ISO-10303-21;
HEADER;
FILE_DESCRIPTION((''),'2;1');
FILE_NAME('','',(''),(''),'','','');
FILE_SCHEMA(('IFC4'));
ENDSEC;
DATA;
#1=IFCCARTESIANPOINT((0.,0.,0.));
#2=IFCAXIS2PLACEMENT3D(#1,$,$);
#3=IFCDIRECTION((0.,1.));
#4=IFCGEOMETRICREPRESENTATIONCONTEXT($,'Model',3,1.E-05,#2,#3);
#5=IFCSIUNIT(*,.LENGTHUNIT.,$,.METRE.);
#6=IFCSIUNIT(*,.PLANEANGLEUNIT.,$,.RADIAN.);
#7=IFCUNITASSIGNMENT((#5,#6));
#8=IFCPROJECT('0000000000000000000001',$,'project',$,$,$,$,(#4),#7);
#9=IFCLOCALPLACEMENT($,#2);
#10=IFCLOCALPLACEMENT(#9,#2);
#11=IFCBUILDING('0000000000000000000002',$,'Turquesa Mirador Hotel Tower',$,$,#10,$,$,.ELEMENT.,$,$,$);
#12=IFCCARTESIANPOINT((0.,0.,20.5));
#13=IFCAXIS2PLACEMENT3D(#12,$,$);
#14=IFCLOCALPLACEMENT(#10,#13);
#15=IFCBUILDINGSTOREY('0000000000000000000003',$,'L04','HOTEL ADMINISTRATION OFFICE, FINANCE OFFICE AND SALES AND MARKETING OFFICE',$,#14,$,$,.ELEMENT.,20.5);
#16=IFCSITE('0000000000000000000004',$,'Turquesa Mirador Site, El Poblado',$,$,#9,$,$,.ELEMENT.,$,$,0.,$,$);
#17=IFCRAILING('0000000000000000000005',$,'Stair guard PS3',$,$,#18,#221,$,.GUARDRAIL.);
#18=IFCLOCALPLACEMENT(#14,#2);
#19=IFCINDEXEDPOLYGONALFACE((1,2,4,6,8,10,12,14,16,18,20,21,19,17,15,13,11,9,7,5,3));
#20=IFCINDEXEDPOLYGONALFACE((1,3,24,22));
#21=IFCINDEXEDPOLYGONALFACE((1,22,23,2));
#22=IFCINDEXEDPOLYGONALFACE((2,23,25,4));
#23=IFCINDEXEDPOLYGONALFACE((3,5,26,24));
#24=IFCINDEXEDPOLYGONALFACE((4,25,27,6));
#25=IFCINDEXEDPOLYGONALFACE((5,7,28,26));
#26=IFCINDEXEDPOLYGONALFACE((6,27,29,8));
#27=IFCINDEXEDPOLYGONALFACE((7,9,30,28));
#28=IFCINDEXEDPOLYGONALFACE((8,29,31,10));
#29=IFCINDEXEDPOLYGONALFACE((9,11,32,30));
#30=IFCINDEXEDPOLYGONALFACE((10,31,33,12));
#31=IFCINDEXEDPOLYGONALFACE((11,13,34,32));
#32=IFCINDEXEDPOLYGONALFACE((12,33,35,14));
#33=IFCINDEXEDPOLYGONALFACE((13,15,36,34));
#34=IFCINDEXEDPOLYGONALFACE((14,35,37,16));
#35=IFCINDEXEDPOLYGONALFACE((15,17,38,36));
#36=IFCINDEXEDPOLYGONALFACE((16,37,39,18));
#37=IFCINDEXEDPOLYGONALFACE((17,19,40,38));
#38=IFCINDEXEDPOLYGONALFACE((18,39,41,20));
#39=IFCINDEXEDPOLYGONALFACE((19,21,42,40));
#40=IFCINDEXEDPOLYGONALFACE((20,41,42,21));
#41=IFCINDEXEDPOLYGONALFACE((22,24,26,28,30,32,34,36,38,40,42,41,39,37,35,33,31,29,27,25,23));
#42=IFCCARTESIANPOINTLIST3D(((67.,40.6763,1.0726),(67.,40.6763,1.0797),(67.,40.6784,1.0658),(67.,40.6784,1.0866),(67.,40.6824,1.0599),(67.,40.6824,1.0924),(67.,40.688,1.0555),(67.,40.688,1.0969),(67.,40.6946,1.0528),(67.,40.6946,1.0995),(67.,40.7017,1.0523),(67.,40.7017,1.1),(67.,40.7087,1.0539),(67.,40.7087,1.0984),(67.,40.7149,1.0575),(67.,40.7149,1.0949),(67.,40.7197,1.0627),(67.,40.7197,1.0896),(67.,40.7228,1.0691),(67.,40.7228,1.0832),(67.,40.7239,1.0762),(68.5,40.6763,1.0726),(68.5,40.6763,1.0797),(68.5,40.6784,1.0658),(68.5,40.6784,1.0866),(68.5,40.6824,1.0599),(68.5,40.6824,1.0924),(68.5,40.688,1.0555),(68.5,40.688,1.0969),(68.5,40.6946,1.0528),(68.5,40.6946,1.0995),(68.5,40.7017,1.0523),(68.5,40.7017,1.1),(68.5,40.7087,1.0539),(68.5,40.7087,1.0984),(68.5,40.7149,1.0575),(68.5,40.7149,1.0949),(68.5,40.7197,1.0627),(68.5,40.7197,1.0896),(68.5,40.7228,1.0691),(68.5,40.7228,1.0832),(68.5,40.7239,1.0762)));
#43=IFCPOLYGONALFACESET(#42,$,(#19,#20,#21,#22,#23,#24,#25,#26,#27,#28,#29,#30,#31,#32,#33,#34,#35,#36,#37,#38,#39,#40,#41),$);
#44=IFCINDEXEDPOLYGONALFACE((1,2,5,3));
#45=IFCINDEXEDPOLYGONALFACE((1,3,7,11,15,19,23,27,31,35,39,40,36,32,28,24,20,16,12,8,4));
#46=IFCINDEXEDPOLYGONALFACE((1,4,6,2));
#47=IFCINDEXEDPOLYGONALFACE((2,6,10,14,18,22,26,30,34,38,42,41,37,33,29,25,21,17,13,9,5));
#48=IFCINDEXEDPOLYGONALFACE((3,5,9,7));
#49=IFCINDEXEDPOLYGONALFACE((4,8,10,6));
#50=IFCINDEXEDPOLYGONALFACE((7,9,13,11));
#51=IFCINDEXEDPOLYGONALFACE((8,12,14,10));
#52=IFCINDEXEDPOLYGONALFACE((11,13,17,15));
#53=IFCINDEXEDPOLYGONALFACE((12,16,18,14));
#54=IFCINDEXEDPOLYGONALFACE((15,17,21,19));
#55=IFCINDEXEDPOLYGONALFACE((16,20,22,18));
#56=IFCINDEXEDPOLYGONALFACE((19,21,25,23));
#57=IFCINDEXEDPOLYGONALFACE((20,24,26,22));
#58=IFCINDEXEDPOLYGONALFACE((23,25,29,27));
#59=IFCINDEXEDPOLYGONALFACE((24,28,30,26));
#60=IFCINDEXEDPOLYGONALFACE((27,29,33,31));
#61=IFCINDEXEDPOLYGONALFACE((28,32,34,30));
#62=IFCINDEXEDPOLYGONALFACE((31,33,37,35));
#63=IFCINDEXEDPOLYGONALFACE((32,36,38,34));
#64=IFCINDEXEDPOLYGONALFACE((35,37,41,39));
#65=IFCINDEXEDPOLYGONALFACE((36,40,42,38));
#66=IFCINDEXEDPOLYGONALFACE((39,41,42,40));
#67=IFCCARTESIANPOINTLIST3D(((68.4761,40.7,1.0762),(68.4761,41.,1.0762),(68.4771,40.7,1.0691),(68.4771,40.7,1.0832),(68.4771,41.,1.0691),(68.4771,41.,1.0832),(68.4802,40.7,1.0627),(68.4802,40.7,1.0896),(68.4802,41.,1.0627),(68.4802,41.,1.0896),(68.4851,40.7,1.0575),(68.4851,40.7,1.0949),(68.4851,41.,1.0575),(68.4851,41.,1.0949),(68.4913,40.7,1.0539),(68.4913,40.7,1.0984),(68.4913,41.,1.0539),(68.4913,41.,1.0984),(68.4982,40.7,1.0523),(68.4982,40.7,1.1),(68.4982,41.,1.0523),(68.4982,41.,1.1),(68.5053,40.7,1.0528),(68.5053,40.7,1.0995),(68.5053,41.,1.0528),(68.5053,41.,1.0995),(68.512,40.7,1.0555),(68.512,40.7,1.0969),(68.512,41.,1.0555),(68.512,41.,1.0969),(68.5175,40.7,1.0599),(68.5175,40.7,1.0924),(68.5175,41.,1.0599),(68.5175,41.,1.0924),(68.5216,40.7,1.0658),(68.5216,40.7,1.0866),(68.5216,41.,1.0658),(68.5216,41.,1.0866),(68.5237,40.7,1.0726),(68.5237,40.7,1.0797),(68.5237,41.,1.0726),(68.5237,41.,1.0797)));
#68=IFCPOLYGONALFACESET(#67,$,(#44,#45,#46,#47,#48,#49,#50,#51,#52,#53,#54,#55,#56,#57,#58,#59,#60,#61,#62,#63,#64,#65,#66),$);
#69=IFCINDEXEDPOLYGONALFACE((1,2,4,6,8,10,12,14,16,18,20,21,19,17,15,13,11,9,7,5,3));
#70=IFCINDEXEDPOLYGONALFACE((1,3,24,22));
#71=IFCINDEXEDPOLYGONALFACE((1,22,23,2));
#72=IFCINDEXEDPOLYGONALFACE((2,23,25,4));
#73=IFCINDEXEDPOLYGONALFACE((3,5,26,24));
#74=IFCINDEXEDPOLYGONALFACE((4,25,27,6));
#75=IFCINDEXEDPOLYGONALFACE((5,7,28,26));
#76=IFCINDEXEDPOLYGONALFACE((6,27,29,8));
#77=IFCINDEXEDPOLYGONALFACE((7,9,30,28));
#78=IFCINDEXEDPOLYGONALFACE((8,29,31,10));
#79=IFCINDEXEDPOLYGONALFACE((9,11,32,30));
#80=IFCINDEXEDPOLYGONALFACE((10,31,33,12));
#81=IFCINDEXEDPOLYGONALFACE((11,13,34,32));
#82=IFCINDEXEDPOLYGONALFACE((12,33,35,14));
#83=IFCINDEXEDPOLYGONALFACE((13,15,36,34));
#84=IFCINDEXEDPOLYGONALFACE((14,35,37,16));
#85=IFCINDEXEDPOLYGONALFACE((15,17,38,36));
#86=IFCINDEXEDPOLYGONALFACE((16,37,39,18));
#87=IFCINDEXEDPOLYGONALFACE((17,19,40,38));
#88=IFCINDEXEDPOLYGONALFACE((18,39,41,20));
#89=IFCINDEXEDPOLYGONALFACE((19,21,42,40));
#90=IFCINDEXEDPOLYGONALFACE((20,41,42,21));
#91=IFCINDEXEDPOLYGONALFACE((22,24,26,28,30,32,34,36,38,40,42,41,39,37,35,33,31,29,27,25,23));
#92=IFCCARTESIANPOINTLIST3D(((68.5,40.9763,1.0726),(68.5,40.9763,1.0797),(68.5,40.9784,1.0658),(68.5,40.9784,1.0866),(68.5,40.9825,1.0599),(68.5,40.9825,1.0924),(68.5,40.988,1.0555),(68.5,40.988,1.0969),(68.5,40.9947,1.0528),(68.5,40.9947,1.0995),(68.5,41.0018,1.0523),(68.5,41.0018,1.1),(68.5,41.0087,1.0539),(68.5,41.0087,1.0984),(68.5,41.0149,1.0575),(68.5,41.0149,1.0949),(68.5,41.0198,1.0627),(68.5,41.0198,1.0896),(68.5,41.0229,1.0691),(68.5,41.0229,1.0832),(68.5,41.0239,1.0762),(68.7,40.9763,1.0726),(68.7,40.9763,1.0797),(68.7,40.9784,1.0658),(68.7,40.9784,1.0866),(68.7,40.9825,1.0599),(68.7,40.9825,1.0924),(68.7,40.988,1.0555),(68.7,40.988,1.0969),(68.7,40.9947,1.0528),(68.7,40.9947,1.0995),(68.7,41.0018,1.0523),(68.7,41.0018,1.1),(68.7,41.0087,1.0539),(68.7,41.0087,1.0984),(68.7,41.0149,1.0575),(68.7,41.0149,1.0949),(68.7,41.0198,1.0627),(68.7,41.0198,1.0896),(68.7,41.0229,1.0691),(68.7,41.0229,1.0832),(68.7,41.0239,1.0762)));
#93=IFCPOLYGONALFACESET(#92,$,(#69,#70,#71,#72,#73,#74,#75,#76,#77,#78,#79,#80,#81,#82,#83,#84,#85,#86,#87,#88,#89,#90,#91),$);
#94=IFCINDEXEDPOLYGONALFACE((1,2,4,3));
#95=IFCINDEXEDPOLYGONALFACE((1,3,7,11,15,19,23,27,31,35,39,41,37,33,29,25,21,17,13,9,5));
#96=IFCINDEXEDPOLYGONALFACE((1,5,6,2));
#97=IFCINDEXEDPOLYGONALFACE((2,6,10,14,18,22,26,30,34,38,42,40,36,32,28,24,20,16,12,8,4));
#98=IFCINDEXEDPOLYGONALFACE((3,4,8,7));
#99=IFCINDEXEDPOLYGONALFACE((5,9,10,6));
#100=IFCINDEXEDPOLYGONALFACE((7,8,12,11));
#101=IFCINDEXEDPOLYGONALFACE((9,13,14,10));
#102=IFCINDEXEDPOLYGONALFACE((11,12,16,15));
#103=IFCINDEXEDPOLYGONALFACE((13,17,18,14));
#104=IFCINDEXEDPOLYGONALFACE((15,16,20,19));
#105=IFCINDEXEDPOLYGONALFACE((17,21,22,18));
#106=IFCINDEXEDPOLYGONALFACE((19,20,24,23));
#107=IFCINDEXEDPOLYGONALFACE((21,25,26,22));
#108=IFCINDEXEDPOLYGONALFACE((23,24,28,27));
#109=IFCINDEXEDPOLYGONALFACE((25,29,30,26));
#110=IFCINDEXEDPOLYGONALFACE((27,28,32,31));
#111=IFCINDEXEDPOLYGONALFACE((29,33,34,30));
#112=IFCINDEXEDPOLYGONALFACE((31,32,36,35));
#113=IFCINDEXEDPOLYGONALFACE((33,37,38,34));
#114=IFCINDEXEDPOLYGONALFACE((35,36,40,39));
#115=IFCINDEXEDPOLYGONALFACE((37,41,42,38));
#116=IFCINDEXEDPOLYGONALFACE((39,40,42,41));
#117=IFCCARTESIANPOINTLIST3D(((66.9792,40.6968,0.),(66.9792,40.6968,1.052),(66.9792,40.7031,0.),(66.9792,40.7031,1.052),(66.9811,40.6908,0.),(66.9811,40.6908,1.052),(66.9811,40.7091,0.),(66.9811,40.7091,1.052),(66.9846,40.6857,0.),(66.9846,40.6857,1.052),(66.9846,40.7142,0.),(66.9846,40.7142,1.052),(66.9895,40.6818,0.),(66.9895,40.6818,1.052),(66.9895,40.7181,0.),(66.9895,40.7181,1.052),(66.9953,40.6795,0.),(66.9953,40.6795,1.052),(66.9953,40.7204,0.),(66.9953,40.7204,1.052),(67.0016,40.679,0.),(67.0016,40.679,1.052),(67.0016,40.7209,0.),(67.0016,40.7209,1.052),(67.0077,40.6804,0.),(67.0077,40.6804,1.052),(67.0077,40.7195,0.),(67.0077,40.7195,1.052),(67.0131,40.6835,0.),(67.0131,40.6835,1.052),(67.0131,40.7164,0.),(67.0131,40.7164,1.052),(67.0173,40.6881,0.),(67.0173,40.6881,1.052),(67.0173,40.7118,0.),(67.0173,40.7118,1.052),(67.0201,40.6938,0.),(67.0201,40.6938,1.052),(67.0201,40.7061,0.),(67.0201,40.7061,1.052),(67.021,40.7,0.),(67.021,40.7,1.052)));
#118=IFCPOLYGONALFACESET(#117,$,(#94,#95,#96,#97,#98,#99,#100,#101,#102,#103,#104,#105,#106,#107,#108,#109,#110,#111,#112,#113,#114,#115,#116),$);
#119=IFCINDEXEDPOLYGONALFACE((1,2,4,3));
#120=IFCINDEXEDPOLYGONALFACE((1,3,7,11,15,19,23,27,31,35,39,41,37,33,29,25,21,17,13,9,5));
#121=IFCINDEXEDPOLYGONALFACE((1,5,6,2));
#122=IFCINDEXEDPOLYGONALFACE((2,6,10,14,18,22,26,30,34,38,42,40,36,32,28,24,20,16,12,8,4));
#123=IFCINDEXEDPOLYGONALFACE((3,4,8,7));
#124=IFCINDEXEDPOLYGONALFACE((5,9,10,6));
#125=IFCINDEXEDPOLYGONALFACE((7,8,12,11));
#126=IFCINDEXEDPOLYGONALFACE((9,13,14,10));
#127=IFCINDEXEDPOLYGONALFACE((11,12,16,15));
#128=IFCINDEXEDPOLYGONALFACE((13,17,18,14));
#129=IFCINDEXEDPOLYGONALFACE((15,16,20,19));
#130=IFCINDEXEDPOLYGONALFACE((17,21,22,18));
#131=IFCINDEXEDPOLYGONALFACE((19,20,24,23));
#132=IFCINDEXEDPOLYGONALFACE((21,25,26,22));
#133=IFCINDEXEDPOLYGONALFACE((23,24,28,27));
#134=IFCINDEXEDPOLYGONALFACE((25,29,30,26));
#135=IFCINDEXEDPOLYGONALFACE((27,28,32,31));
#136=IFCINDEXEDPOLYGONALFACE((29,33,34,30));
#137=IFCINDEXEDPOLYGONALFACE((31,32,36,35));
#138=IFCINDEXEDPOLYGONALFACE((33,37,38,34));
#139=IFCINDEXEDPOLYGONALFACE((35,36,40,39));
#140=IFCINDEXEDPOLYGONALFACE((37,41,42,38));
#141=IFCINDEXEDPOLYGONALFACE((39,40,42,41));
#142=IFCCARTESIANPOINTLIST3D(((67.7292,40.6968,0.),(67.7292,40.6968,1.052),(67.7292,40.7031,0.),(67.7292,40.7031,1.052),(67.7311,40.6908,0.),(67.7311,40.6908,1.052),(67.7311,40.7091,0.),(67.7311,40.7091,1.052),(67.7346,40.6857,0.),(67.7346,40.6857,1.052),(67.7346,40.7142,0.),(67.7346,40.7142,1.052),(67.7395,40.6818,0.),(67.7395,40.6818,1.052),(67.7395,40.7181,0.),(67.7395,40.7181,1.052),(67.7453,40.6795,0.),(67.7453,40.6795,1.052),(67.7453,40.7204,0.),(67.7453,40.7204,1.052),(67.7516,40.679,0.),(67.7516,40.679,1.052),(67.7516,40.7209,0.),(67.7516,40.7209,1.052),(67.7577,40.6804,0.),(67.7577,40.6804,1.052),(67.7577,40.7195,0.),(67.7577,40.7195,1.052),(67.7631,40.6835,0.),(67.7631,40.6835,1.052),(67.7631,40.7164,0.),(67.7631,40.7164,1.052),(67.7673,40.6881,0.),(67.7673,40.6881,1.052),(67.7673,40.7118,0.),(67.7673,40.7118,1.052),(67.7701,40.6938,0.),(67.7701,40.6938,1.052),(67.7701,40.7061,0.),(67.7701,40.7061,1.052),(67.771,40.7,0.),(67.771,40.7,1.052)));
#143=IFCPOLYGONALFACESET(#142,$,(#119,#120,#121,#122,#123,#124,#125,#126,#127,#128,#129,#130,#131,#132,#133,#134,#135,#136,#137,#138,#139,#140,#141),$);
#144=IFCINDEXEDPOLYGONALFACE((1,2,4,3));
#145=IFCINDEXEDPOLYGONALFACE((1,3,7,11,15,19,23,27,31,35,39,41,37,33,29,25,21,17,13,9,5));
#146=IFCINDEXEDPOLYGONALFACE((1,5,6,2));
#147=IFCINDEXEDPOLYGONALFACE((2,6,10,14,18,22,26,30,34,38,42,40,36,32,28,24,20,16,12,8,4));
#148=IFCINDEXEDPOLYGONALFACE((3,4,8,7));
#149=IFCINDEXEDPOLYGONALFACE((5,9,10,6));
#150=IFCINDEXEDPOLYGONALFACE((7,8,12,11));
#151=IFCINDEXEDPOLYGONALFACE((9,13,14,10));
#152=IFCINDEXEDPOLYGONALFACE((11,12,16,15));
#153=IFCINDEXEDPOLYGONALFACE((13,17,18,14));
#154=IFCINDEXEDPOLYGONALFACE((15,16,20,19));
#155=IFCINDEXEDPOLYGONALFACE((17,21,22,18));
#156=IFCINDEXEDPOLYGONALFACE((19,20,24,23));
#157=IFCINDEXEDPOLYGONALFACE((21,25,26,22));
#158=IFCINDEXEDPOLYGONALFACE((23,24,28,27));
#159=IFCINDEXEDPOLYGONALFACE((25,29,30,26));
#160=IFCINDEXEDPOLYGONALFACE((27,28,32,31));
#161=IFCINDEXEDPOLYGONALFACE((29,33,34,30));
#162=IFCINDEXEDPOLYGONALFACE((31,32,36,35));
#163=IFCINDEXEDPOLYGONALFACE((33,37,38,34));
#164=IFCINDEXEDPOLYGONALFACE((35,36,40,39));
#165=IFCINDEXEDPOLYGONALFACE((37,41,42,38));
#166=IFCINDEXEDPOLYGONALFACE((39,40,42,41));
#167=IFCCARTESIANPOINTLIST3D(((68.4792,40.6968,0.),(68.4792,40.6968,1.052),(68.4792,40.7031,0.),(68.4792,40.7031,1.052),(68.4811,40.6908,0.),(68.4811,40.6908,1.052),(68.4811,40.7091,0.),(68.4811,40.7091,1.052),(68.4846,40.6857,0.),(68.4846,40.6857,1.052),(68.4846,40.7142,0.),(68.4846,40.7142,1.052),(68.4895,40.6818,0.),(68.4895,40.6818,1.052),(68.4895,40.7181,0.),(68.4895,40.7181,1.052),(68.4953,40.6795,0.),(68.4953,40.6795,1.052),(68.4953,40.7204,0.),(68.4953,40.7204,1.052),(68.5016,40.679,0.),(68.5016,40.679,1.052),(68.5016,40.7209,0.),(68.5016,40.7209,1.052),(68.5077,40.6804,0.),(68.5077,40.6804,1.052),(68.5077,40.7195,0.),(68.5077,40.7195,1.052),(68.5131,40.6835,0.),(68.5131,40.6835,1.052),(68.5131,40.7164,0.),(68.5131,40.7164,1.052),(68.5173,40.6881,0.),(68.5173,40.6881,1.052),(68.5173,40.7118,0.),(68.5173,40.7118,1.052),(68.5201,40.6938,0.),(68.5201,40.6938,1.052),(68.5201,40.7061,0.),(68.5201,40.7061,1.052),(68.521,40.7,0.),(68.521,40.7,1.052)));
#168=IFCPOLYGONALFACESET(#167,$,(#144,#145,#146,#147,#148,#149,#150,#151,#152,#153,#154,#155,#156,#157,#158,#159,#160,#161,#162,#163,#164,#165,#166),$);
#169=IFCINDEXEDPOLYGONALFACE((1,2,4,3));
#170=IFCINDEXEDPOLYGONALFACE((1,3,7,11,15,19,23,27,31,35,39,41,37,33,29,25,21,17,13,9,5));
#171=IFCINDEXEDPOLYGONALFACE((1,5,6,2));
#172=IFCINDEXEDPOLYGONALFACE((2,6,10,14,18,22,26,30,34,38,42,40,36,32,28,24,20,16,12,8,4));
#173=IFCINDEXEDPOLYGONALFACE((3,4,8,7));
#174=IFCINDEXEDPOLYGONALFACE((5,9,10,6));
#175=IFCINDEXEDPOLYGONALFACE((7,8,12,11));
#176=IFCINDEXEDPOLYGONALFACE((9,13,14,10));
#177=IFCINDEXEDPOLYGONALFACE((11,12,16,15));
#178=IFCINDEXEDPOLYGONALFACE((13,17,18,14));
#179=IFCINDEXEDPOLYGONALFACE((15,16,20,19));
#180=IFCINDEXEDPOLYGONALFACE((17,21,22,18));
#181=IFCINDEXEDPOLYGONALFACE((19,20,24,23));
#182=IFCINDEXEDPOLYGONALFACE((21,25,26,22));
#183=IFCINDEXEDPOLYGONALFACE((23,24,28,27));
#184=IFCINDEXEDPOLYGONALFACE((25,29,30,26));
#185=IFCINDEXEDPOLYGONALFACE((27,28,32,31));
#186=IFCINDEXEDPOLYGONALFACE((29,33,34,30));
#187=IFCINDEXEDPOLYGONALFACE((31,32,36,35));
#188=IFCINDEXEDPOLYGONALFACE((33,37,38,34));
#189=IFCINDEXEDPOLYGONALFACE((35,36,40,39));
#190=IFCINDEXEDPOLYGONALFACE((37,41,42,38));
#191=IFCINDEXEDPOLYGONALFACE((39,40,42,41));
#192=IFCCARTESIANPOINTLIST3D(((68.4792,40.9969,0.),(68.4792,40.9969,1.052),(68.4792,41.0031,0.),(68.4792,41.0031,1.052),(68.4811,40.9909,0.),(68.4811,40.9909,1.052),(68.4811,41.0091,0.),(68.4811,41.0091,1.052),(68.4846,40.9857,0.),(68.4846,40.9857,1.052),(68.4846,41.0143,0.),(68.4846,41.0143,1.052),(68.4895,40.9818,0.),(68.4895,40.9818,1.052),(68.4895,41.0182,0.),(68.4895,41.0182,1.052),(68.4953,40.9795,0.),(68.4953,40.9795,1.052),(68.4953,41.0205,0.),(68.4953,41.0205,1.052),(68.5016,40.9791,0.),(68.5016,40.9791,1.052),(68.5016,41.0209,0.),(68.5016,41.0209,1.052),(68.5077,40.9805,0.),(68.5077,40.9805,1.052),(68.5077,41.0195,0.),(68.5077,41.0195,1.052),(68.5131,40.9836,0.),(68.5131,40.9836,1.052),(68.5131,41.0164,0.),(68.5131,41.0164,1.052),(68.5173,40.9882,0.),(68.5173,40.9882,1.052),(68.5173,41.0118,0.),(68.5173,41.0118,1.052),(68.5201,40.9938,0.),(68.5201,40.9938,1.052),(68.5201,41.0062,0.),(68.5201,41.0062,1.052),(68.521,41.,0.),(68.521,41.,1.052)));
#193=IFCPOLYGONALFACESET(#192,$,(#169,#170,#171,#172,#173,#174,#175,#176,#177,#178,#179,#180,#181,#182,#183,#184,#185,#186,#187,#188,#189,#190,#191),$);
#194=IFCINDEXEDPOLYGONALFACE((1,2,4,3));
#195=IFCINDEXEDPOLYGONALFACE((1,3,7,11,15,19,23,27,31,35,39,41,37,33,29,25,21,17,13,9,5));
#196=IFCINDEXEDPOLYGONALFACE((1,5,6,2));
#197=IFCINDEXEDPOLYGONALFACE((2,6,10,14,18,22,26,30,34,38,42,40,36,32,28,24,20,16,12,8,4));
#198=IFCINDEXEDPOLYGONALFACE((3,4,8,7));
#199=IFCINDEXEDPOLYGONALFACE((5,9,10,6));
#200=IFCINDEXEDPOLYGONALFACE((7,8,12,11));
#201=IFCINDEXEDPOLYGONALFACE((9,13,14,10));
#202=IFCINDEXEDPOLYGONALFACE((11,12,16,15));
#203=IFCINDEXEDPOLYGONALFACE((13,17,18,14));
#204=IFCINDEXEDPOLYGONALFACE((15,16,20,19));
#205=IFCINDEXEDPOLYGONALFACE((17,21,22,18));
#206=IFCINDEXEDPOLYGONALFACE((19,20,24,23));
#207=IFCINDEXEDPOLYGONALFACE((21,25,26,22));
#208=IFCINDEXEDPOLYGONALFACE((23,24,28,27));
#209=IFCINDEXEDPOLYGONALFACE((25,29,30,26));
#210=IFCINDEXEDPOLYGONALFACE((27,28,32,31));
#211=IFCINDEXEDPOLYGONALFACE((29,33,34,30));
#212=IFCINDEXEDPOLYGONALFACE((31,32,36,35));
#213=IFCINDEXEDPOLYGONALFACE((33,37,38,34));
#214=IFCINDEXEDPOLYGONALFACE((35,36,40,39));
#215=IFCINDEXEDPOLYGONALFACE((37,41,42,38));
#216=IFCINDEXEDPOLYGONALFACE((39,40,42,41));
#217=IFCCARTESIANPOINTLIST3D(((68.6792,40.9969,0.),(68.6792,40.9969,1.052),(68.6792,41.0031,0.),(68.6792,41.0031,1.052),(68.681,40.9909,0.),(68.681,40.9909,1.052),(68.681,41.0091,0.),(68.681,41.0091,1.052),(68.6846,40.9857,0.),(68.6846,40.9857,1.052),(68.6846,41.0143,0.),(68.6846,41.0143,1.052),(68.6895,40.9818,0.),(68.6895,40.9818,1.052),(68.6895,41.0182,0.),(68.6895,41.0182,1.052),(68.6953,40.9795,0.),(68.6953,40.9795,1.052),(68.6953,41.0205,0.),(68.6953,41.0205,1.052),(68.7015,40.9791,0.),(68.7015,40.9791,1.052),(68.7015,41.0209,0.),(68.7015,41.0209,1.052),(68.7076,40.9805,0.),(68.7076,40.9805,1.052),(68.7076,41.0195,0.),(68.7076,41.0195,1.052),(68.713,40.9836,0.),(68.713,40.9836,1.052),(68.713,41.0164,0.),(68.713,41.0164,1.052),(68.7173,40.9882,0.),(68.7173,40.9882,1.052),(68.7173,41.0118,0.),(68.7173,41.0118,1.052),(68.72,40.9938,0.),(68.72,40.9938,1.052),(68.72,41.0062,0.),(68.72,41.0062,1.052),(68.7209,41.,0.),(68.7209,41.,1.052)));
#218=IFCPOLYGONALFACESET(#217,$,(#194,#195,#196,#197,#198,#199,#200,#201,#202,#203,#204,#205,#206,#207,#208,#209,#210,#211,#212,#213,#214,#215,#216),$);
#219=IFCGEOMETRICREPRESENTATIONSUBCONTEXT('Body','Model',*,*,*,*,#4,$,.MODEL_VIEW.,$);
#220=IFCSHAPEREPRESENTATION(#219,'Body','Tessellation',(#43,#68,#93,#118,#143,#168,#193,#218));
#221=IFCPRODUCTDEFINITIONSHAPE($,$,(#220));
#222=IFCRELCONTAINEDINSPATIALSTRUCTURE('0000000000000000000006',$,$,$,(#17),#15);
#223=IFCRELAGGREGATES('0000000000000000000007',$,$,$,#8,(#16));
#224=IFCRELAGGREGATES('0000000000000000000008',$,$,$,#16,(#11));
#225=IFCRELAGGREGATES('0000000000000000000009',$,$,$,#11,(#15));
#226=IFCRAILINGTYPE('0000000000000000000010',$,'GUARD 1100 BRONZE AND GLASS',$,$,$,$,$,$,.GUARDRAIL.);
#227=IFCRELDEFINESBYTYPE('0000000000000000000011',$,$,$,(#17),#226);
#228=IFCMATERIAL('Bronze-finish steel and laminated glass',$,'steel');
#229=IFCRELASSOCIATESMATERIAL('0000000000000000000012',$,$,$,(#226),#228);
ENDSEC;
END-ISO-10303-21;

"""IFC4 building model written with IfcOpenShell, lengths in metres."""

from ifc_helpers import new_model, si_unit, direction, frame, origin, origin_2d, place, context, subcontext, project, spatial, circle, extrude, material, type_object, element, save


model = new_model("IFC4")

# Units and contexts
model_context = context("Model", 3, precision=1e-05, world=origin(), true_north=direction((0.0, 1.0)))
body_context = subcontext(model_context, "Body", "Model", "MODEL_VIEW")
ifc_project = project(units=[si_unit("LENGTHUNIT", "METRE"), si_unit("PLANEANGLEUNIT", "RADIAN")], contexts=[model_context])

# Site, building, storey
site_placement = place(None, origin())
site = spatial("IfcSite", under=ifc_project, at=site_placement, Name="Turquesa Mirador Site, El Poblado", CompositionType="ELEMENT", RefElevation=0.0)
building_placement = place(site_placement, origin())
building = spatial("IfcBuilding", under=site, at=building_placement, Name="Turquesa Mirador Hotel Tower", CompositionType="ELEMENT")
storey_placement = place(building_placement, frame((0.0, 0.0, 20.5)))
storey = spatial("IfcBuildingStorey", under=building, at=storey_placement, Name="L04", Description="HOTEL ADMINISTRATION OFFICE, FINANCE OFFICE AND SALES AND MARKETING OFFICE", CompositionType="ELEMENT", Elevation=20.5)

# Railing
ifc_material_1 = material(Name="Bronze-finish steel and laminated glass", Category="steel")
railing_type = type_object("IfcRailingType", Name="GUARD 1100 BRONZE AND GLASS", PredefinedType="GUARDRAIL", material=ifc_material_1)
railing_1_placement = place(storey_placement, frame((67.0, 40.7, 0.0)))
element("IfcRailing", 1, at=railing_1_placement, inside=storey, type_object=railing_type, Name="Stair guard PS3", PredefinedType="GUARDRAIL", context=body_context, shape_type="SweptSolid", body=[
    extrude(circle(Radius=0.0239, at=origin_2d()), frame((0.0, 0.0, 1.0762), z_axis=(1.0, 0.0, 0.0), x_axis=(0.0, 1.0, 0.0)), (0.0, 0.0, 1.0), 1.5),
    extrude(circle(Radius=0.0239, at=origin_2d()), frame((1.5, 0.0, 1.0762), z_axis=(0.0, 1.0, 0.0), x_axis=(-1.0, 0.0, 0.0)), (0.0, 0.0, 1.0), 0.3),
    extrude(circle(Radius=0.0239, at=origin_2d()), frame((1.5, 0.3, 1.0762), z_axis=(1.0, 0.0, 0.0), x_axis=(0.0, 1.0, 0.0)), (0.0, 0.0, 1.0), 0.2),
    extrude(circle(Radius=0.021, at=origin_2d()), origin(), (0.0, 0.0, 1.0), 1.052),
    extrude(circle(Radius=0.021, at=origin_2d()), frame((0.75, 0.0, 0.0)), (0.0, 0.0, 1.0), 1.052),
    extrude(circle(Radius=0.021, at=origin_2d()), frame((1.5, 0.0, 0.0)), (0.0, 0.0, 1.0), 1.052),
    extrude(circle(Radius=0.021, at=origin_2d()), frame((1.5, 0.3, 0.0)), (0.0, 0.0, 1.0), 1.052),
    extrude(circle(Radius=0.021, at=origin_2d()), frame((1.7, 0.3, 0.0)), (0.0, 0.0, 1.0), 1.052),
])

save(model, "model.ifc")
